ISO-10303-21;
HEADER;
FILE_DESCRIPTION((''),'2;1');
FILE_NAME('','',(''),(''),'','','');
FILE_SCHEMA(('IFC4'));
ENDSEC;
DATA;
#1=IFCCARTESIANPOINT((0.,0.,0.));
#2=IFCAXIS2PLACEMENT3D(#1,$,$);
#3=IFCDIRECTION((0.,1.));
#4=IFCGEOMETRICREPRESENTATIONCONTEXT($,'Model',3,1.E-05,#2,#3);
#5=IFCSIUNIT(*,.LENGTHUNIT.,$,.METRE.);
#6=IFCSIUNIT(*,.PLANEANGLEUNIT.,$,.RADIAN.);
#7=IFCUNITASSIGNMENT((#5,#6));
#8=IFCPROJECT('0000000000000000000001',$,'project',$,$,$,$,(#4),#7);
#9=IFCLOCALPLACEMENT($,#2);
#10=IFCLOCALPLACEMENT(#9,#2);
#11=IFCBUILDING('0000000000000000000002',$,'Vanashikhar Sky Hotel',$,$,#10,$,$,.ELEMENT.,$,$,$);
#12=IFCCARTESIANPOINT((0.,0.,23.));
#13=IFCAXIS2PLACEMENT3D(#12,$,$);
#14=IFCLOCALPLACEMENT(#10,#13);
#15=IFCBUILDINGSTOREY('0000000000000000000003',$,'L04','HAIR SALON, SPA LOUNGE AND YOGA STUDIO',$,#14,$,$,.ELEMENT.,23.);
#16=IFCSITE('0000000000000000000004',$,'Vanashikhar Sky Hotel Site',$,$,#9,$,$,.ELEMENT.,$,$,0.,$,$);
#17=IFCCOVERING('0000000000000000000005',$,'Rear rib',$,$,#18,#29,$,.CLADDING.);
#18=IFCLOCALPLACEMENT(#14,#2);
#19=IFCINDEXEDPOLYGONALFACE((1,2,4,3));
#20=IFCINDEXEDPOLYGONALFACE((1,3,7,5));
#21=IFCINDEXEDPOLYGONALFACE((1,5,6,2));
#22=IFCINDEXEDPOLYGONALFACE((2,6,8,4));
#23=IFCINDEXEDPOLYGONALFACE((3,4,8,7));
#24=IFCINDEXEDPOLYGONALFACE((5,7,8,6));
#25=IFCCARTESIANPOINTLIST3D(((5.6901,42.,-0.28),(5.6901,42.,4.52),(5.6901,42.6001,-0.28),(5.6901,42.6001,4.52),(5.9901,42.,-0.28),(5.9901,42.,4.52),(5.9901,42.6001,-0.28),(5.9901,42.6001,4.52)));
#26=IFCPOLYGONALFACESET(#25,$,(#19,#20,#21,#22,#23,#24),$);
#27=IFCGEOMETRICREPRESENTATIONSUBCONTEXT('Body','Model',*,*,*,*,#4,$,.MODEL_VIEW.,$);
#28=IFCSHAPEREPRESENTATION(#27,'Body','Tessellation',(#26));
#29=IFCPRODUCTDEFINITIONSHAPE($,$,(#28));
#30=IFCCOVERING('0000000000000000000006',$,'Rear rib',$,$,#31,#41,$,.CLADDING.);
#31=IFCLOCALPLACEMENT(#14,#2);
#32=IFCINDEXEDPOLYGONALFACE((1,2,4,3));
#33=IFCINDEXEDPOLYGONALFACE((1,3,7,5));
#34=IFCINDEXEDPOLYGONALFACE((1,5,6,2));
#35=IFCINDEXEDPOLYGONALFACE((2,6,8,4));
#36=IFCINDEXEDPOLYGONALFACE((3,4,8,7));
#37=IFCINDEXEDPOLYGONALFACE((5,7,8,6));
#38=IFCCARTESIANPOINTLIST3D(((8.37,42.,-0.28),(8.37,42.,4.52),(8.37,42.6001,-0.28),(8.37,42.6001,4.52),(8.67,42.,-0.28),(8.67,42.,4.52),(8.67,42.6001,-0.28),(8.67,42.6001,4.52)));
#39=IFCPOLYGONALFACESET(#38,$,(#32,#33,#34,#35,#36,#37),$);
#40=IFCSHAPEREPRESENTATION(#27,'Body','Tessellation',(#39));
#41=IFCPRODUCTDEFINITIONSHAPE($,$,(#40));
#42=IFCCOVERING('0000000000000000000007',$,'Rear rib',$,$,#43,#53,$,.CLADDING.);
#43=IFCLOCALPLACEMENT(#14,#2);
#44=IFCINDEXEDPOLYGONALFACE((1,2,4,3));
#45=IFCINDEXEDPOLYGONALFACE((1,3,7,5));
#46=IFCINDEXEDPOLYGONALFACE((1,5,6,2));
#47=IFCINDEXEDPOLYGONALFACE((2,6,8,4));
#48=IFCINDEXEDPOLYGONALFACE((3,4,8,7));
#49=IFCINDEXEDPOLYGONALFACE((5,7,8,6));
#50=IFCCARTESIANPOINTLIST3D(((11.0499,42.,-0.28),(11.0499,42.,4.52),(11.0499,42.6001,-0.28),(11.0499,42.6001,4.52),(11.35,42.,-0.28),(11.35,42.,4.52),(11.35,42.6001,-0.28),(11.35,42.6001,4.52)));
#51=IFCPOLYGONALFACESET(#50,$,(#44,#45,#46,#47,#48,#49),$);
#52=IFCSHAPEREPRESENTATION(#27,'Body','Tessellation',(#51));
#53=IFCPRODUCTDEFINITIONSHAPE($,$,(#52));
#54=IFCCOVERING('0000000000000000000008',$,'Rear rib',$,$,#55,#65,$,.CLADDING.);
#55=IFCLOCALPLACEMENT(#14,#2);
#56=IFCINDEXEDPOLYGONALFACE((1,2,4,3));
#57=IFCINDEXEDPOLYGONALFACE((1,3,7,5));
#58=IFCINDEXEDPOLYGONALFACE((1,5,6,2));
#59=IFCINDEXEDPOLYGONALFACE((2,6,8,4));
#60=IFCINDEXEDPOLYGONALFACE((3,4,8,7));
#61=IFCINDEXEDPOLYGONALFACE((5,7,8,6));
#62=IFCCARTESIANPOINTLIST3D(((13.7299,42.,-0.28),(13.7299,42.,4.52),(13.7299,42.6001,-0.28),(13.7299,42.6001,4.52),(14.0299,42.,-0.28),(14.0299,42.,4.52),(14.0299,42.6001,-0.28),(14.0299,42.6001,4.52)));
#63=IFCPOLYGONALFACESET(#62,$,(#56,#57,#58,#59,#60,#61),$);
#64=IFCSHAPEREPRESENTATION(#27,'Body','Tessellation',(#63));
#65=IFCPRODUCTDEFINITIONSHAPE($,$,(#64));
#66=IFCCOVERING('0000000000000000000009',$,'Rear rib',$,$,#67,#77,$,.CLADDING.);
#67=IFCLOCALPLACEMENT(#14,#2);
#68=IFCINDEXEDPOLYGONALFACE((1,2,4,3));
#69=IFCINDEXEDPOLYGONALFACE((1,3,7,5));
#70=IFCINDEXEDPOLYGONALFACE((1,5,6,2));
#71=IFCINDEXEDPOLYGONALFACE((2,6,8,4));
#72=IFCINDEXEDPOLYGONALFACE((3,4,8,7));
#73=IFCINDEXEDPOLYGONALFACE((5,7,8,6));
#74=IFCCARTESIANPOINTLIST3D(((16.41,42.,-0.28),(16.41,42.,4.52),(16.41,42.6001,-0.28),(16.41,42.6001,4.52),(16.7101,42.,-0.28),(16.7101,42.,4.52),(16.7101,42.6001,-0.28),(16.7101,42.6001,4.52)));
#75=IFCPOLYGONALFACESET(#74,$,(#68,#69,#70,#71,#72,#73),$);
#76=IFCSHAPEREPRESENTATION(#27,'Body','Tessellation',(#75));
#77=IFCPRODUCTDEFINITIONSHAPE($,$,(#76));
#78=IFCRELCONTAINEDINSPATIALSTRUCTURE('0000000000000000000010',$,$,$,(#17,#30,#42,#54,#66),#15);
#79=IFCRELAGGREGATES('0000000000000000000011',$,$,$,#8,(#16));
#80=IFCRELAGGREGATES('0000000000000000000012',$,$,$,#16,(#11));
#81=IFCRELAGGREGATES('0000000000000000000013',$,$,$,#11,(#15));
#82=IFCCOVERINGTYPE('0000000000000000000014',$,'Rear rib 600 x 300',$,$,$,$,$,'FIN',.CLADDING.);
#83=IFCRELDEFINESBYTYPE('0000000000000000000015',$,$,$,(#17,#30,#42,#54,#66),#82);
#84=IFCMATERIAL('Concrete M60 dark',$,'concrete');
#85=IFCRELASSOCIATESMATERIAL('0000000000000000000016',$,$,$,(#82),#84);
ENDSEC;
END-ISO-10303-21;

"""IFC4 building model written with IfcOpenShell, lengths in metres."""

from ifc_helpers import new_model, si_unit, direction, frame, origin, origin_2d, place, context, subcontext, project, spatial, rectangle, extrude, source, transform, mapped, material, material_profile, profile_set, type_object, element, save


model = new_model("IFC4")

# Units and contexts
model_context = context("Model", 3, precision=1e-05, world=origin(), true_north=direction((0.0, 1.0)))
body_context = subcontext(model_context, "Body", "Model", "MODEL_VIEW")
ifc_project = project(units=[si_unit("LENGTHUNIT", "METRE"), si_unit("PLANEANGLEUNIT", "RADIAN")], contexts=[model_context])

# Site, building, storey
site_placement = place(None, origin())
site = spatial("IfcSite", under=ifc_project, at=site_placement, Name="Vanashikhar Sky Hotel Site", CompositionType="ELEMENT", RefElevation=0.0)
building_placement = place(site_placement, origin())
building = spatial("IfcBuilding", under=site, at=building_placement, Name="Vanashikhar Sky Hotel", CompositionType="ELEMENT")
storey_placement = place(building_placement, frame((0.0, 0.0, 23.0)))
storey = spatial("IfcBuildingStorey", under=building, at=storey_placement, Name="L04", Description="HAIR SALON, SPA LOUNGE AND YOGA STUDIO", CompositionType="ELEMENT", Elevation=23.0)

# Coverings
ifc_material_1 = material(Name="Concrete M60 dark", Category="concrete")
ifc_material_profile_1 = material_profile(ifc_material_1, rectangle(XDim=0.6001, YDim=0.3, at=origin_2d()))
ifc_profile_set_1 = profile_set([ifc_material_profile_1], Name="Rear rib 600 x 300")
covering_type = type_object("IfcCoveringType", Name="Rear rib 600 x 300", ElementType="FIN", PredefinedType="CLADDING", material=ifc_profile_set_1)
shared_shape_1 = source(origin(), body_context, "Body", "SweptSolid", [
    extrude(rectangle(XDim=0.6001, YDim=0.3, at=origin_2d()), origin(), (0.0, 0.0, 1.0), 4.8),
])
for number, where, z_axis, x_axis, name in (
    (1, (5.8401, 42.3, -0.28), (0.0, 0.0, 1.0), (0.0, 1.0, 0.0), "Rear rib"),
    (2, (8.52, 42.3, -0.28), (0.0, 0.0, 1.0), (0.0, 1.0, 0.0), "Rear rib"),
    (3, (11.2, 42.3, -0.28), (0.0, 0.0, 1.0), (0.0, 1.0, 0.0), "Rear rib"),
    (4, (13.8799, 42.3, -0.28), (0.0, 0.0, 1.0), (0.0, 1.0, 0.0), "Rear rib"),
    (5, (16.5601, 42.3, -0.28), (0.0, 0.0, 1.0), (0.0, 1.0, 0.0), "Rear rib"),
):
    element("IfcCovering", number, at=place(storey_placement, frame(where, z_axis=z_axis, x_axis=x_axis)), inside=storey, type_object=covering_type, Name=name, PredefinedType="CLADDING", context=body_context, shape_type="MappedRepresentation", body=[
        mapped(shared_shape_1, transform((0.0, 0.0, 0.0), scale=1.0)),
    ])

save(model, "model.ifc")
